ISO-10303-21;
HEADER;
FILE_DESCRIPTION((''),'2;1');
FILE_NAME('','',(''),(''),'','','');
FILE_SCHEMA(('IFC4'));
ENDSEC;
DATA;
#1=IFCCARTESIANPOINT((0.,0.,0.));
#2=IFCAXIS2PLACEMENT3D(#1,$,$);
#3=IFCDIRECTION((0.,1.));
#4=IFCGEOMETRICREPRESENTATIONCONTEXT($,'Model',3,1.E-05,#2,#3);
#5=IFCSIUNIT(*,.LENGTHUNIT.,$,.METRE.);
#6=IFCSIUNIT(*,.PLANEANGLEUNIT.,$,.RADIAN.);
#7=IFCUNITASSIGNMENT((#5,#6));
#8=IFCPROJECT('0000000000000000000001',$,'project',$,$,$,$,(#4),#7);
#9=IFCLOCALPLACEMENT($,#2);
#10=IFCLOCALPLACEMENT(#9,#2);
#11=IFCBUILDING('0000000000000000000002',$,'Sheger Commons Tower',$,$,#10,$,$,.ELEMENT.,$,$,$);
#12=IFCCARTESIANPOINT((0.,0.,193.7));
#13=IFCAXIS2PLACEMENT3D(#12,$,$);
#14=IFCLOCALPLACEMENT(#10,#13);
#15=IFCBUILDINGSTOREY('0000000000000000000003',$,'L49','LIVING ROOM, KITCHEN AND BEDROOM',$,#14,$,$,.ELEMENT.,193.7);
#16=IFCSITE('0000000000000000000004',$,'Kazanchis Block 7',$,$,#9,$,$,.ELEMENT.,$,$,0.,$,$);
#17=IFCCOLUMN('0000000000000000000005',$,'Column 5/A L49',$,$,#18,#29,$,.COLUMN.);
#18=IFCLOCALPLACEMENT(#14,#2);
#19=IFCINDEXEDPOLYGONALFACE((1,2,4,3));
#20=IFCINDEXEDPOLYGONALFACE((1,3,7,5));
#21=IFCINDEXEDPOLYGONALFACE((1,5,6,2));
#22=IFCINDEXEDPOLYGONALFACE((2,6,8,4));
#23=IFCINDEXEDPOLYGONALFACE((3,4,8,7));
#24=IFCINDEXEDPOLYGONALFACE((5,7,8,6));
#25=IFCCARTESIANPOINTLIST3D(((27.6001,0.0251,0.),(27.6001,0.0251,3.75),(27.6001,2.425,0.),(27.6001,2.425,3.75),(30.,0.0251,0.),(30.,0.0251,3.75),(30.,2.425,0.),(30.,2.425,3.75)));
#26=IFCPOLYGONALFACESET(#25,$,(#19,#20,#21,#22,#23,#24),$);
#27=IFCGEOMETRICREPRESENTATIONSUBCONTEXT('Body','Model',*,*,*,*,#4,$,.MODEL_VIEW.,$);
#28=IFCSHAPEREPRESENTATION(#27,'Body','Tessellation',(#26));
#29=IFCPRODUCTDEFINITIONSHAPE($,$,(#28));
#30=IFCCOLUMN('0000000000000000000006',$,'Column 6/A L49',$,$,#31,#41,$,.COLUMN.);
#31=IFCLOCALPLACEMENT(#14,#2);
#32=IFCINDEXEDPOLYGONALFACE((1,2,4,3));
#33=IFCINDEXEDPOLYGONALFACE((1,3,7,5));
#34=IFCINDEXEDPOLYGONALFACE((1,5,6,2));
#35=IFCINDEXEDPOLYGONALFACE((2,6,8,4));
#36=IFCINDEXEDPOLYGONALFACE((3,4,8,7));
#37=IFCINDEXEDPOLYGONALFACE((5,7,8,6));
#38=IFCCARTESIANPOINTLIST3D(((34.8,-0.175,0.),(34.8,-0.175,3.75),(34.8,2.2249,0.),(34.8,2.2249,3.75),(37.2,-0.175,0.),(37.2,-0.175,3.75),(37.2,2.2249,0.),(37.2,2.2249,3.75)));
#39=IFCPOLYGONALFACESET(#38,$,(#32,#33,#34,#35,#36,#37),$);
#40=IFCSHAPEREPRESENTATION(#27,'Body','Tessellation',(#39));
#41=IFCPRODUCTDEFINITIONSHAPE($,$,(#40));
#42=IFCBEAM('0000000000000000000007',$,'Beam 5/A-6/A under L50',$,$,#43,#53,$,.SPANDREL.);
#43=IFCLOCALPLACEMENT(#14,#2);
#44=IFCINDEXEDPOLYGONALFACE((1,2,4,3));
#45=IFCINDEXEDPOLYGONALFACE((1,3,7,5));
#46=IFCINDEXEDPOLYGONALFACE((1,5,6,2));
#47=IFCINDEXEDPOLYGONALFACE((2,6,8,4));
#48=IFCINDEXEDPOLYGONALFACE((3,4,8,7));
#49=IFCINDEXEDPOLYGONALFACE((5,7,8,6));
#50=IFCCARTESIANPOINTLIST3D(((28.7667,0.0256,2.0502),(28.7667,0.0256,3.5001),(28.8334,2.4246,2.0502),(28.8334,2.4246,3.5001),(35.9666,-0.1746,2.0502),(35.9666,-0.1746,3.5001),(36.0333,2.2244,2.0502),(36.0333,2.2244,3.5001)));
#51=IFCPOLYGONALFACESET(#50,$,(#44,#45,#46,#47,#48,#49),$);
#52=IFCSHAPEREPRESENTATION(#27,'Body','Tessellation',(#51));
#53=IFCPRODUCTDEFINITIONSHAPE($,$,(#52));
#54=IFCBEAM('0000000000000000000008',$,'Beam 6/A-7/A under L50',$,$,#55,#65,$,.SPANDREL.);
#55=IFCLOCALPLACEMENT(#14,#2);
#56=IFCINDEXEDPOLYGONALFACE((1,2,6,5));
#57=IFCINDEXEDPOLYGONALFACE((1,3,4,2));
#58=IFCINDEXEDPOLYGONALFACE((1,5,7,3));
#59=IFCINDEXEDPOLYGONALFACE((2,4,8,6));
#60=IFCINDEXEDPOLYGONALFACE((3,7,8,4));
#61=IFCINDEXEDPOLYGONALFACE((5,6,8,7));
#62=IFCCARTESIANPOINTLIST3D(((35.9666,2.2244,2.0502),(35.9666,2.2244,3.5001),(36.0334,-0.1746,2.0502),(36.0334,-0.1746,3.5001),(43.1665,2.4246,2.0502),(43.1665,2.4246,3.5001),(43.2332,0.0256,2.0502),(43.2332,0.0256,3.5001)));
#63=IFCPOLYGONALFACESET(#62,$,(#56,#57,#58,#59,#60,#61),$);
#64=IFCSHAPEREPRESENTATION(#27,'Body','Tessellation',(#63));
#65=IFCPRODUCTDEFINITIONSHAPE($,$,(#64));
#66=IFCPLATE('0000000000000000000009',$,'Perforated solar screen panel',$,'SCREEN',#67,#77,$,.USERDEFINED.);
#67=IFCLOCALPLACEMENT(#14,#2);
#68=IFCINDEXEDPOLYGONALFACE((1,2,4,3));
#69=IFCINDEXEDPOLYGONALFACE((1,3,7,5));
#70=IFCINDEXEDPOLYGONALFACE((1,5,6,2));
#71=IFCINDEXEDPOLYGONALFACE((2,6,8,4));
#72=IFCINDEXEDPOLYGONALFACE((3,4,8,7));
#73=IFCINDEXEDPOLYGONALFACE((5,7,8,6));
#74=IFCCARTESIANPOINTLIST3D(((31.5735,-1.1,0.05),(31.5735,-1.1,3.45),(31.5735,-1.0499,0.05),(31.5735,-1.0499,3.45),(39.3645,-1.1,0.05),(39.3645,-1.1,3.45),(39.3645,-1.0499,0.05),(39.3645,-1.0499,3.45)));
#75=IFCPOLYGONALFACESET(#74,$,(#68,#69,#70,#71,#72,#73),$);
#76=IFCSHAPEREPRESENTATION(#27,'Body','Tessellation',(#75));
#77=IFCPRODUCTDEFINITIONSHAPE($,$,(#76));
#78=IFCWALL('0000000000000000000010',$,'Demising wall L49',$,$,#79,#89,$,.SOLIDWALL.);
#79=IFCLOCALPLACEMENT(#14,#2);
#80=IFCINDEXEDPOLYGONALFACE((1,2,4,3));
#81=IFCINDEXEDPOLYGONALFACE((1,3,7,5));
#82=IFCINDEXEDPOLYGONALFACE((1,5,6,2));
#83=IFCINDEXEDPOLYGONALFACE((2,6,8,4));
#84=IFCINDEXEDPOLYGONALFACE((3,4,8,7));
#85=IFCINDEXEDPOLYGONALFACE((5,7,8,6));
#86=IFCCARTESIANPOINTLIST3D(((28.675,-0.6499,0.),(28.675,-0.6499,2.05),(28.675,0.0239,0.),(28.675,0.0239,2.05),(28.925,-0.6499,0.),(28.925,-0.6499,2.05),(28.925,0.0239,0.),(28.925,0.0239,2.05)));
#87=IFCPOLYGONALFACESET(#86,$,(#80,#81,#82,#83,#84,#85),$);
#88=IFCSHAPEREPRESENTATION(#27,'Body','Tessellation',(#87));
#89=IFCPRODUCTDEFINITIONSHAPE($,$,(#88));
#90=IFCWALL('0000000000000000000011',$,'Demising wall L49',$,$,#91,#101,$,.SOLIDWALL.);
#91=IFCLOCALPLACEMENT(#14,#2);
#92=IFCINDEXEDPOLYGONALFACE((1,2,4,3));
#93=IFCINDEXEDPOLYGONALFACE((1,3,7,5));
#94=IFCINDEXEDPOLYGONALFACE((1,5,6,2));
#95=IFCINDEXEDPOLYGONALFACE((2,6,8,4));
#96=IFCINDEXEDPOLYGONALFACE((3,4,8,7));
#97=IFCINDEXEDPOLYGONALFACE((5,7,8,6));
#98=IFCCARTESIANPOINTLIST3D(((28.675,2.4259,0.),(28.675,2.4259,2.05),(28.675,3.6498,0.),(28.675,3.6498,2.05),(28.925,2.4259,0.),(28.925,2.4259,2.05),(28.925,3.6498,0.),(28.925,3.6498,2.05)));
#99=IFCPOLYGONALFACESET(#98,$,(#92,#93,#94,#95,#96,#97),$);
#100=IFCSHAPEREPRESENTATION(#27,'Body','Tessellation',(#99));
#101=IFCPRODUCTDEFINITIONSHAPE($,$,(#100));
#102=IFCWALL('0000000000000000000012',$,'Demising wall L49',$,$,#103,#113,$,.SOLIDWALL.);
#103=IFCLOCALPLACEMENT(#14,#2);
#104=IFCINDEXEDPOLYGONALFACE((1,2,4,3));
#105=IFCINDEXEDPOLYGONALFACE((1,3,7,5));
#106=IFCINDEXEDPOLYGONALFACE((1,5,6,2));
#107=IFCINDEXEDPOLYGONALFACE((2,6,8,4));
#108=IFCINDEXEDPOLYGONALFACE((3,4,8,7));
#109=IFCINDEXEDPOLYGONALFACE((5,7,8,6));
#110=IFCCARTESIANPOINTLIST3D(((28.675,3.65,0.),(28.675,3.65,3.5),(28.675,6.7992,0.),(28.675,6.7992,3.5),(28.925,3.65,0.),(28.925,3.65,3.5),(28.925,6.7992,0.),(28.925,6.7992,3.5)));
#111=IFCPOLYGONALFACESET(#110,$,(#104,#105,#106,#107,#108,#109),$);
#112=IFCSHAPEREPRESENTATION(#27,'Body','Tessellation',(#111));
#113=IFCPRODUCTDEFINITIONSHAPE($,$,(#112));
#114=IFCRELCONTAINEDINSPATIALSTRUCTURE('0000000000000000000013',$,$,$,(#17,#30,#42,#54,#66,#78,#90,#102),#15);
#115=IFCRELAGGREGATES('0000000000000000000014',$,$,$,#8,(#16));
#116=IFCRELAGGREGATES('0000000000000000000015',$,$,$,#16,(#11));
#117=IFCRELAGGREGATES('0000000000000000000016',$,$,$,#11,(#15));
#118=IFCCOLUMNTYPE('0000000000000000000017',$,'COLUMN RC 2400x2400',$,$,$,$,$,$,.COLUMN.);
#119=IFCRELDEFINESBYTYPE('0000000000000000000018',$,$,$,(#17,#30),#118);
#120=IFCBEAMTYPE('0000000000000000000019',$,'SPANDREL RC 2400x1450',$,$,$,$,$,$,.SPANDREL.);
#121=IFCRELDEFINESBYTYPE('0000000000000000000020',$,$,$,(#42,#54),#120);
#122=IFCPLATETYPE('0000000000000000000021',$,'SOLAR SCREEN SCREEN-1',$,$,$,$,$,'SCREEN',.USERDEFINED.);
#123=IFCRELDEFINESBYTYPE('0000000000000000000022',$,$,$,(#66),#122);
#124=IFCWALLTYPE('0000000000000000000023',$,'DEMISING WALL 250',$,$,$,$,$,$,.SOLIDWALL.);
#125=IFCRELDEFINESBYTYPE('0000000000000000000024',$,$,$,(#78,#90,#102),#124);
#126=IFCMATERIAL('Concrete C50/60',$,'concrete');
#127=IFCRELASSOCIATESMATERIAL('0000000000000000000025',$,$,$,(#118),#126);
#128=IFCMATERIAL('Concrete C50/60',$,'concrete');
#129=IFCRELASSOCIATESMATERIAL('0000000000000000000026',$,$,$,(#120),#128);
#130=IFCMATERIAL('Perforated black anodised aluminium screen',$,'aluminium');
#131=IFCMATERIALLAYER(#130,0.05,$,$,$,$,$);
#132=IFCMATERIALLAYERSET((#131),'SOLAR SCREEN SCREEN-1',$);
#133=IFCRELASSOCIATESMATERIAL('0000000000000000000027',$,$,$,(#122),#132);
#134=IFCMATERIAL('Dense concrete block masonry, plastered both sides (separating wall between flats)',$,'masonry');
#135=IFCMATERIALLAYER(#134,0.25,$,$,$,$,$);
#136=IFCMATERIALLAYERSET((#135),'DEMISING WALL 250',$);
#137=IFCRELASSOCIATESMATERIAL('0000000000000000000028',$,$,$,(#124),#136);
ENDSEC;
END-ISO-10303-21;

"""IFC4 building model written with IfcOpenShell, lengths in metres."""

from ifc_helpers import new_model, si_unit, direction, frame, frame_2d, origin, origin_2d, place, context, subcontext, project, spatial, rectangle, extrude, material, layer, layer_set, material_profile, profile_set, type_object, element, save


model = new_model("IFC4")

# Units and contexts
model_context = context("Model", 3, precision=1e-05, world=origin(), true_north=direction((0.0, 1.0)))
body_context = subcontext(model_context, "Body", "Model", "MODEL_VIEW")
ifc_project = project(units=[si_unit("LENGTHUNIT", "METRE"), si_unit("PLANEANGLEUNIT", "RADIAN")], contexts=[model_context])

# Site, building, storey
site_placement = place(None, origin())
site = spatial("IfcSite", under=ifc_project, at=site_placement, Name="Kazanchis Block 7", CompositionType="ELEMENT", RefElevation=0.0)
building_placement = place(site_placement, origin())
building = spatial("IfcBuilding", under=site, at=building_placement, Name="Sheger Commons Tower", CompositionType="ELEMENT")
storey_placement = place(building_placement, frame((0.0, 0.0, 193.7)))
storey = spatial("IfcBuildingStorey", under=building, at=storey_placement, Name="L49", Description="LIVING ROOM, KITCHEN AND BEDROOM", CompositionType="ELEMENT", Elevation=193.7)

# Columns
ifc_material_1 = material(Name="Concrete C50/60", Category="concrete")
ifc_material_profile_1 = material_profile(ifc_material_1, rectangle(XDim=2.3999, YDim=2.3999, at=origin_2d()), Name="RC 2400x2400")
ifc_profile_set_1 = profile_set([ifc_material_profile_1], Name="Concrete C50/60")
column_type = type_object("IfcColumnType", Name="COLUMN RC 2400x2400", PredefinedType="COLUMN", material=ifc_profile_set_1)
for number, where, z_axis, x_axis, name in (
    (1, (28.8, 1.2251, 0.0), (0.0, 0.0, 1.0), (1.0, 0.0, 0.0), "Column 5/A L49"),
    (2, (36.0, 1.0249, 0.0), (0.0, 0.0, 1.0), (1.0, 0.0, 0.0), "Column 6/A L49"),
):
    element("IfcColumn", number, at=place(storey_placement, frame(where, z_axis=z_axis, x_axis=x_axis)), inside=storey, type_object=column_type, Name=name, PredefinedType="COLUMN", context=body_context, shape_type="SweptSolid", body=[
        extrude(rectangle(XDim=2.3999, YDim=2.3999, at=origin_2d()), origin(), (0.0, 0.0, 1.0), 3.75),
    ])

# Beams
ifc_material_2 = material(Name="Concrete C50/60", Category="concrete")
ifc_material_profile_2 = material_profile(ifc_material_2, rectangle(XDim=2.3999, YDim=1.45, at=origin_2d()), Name="RC 2400x1450")
ifc_profile_set_2 = profile_set([ifc_material_profile_2], Name="Concrete C50/60")
beam_type = type_object("IfcBeamType", Name="SPANDREL RC 2400x1450", PredefinedType="SPANDREL", material=ifc_profile_set_2)
for number, where, z_axis, x_axis, name in (
    (3, (28.8, 1.2251, 2.7751), (0.999614, -0.027794, 0.0), (0.027794, 0.999614, 0.0), "Beam 5/A-6/A under L50"),
    (4, (36.0, 1.0249, 2.7751), (0.999614, 0.027794, 0.0), (-0.027794, 0.999614, 0.0), "Beam 6/A-7/A under L50"),
):
    element("IfcBeam", number, at=place(storey_placement, frame(where, z_axis=z_axis, x_axis=x_axis)), inside=storey, type_object=beam_type, Name=name, PredefinedType="SPANDREL", context=body_context, shape_type="SweptSolid", body=[
        extrude(rectangle(XDim=2.3999, YDim=1.45, at=origin_2d()), origin(), (0.0, 0.0, 1.0), 7.2026),
    ])

# Plate
ifc_material_3 = material(Name="Perforated black anodised aluminium screen", Category="aluminium")
ifc_layer_1 = layer(ifc_material_3, 0.05)
ifc_layer_set_1 = layer_set([ifc_layer_1], Name="SOLAR SCREEN SCREEN-1")
plate_type = type_object("IfcPlateType", Name="SOLAR SCREEN SCREEN-1", ElementType="SCREEN", PredefinedType="USERDEFINED", material=ifc_layer_set_1)
plate_placement = place(storey_placement, frame((35.469, -1.075, 0.05), z_axis=(0.0, 0.0, 1.0), x_axis=(1.0, 0.0, 0.0)))
element("IfcPlate", 5, at=plate_placement, inside=storey, type_object=plate_type, Name="Perforated solar screen panel", ObjectType="SCREEN", PredefinedType="USERDEFINED", context=body_context, shape_type="SweptSolid", body=[
    extrude(rectangle(XDim=7.791, YDim=0.05, at=origin_2d()), origin(), (0.0, 0.0, 1.0), 3.3999),
])

# Walls
ifc_material_4 = material(Name="Dense concrete block masonry, plastered both sides (separating wall between flats)", Category="masonry")
ifc_layer_2 = layer(ifc_material_4, 0.25)
ifc_layer_set_2 = layer_set([ifc_layer_2], Name="DEMISING WALL 250")
wall_type_1 = type_object("IfcWallType", Name="DEMISING WALL 250", PredefinedType="SOLIDWALL", material=ifc_layer_set_2)
wall_1_placement = place(storey_placement, frame((28.8, -0.6499, 0.0), z_axis=(0.0, 0.0, 1.0), x_axis=(0.0, 1.0, 0.0)))
element("IfcWall", 6, at=wall_1_placement, inside=storey, type_object=wall_type_1, Name="Demising wall L49", PredefinedType="SOLIDWALL", context=body_context, shape_type="SweptSolid", body=[
    extrude(rectangle(XDim=0.6738, YDim=0.25, at=frame_2d((0.3369, 0.0))), origin(), (0.0, 0.0, 1.0), 2.05),
])
wall_2_placement = place(storey_placement, frame((28.8, 2.426, 0.0), z_axis=(0.0, 0.0, 1.0), x_axis=(0.0, 1.0, 0.0)))
element("IfcWall", 7, at=wall_2_placement, inside=storey, type_object=wall_type_1, Name="Demising wall L49", PredefinedType="SOLIDWALL", context=body_context, shape_type="SweptSolid", body=[
    extrude(rectangle(XDim=1.2239, YDim=0.25, at=frame_2d((0.6118, 0.0))), origin(), (0.0, 0.0, 1.0), 2.05),
])
wall_3_placement = place(storey_placement, frame((28.8, 3.6499, 0.0), z_axis=(0.0, 0.0, 1.0), x_axis=(0.0, 1.0, 0.0)))
element("IfcWall", 8, at=wall_3_placement, inside=storey, type_object=wall_type_1, Name="Demising wall L49", PredefinedType="SOLIDWALL", context=body_context, shape_type="SweptSolid", body=[
    extrude(rectangle(XDim=3.1492, YDim=0.25, at=frame_2d((1.5747, 0.0))), origin(), (0.0, 0.0, 1.0), 3.5),
])

save(model, "model.ifc")
